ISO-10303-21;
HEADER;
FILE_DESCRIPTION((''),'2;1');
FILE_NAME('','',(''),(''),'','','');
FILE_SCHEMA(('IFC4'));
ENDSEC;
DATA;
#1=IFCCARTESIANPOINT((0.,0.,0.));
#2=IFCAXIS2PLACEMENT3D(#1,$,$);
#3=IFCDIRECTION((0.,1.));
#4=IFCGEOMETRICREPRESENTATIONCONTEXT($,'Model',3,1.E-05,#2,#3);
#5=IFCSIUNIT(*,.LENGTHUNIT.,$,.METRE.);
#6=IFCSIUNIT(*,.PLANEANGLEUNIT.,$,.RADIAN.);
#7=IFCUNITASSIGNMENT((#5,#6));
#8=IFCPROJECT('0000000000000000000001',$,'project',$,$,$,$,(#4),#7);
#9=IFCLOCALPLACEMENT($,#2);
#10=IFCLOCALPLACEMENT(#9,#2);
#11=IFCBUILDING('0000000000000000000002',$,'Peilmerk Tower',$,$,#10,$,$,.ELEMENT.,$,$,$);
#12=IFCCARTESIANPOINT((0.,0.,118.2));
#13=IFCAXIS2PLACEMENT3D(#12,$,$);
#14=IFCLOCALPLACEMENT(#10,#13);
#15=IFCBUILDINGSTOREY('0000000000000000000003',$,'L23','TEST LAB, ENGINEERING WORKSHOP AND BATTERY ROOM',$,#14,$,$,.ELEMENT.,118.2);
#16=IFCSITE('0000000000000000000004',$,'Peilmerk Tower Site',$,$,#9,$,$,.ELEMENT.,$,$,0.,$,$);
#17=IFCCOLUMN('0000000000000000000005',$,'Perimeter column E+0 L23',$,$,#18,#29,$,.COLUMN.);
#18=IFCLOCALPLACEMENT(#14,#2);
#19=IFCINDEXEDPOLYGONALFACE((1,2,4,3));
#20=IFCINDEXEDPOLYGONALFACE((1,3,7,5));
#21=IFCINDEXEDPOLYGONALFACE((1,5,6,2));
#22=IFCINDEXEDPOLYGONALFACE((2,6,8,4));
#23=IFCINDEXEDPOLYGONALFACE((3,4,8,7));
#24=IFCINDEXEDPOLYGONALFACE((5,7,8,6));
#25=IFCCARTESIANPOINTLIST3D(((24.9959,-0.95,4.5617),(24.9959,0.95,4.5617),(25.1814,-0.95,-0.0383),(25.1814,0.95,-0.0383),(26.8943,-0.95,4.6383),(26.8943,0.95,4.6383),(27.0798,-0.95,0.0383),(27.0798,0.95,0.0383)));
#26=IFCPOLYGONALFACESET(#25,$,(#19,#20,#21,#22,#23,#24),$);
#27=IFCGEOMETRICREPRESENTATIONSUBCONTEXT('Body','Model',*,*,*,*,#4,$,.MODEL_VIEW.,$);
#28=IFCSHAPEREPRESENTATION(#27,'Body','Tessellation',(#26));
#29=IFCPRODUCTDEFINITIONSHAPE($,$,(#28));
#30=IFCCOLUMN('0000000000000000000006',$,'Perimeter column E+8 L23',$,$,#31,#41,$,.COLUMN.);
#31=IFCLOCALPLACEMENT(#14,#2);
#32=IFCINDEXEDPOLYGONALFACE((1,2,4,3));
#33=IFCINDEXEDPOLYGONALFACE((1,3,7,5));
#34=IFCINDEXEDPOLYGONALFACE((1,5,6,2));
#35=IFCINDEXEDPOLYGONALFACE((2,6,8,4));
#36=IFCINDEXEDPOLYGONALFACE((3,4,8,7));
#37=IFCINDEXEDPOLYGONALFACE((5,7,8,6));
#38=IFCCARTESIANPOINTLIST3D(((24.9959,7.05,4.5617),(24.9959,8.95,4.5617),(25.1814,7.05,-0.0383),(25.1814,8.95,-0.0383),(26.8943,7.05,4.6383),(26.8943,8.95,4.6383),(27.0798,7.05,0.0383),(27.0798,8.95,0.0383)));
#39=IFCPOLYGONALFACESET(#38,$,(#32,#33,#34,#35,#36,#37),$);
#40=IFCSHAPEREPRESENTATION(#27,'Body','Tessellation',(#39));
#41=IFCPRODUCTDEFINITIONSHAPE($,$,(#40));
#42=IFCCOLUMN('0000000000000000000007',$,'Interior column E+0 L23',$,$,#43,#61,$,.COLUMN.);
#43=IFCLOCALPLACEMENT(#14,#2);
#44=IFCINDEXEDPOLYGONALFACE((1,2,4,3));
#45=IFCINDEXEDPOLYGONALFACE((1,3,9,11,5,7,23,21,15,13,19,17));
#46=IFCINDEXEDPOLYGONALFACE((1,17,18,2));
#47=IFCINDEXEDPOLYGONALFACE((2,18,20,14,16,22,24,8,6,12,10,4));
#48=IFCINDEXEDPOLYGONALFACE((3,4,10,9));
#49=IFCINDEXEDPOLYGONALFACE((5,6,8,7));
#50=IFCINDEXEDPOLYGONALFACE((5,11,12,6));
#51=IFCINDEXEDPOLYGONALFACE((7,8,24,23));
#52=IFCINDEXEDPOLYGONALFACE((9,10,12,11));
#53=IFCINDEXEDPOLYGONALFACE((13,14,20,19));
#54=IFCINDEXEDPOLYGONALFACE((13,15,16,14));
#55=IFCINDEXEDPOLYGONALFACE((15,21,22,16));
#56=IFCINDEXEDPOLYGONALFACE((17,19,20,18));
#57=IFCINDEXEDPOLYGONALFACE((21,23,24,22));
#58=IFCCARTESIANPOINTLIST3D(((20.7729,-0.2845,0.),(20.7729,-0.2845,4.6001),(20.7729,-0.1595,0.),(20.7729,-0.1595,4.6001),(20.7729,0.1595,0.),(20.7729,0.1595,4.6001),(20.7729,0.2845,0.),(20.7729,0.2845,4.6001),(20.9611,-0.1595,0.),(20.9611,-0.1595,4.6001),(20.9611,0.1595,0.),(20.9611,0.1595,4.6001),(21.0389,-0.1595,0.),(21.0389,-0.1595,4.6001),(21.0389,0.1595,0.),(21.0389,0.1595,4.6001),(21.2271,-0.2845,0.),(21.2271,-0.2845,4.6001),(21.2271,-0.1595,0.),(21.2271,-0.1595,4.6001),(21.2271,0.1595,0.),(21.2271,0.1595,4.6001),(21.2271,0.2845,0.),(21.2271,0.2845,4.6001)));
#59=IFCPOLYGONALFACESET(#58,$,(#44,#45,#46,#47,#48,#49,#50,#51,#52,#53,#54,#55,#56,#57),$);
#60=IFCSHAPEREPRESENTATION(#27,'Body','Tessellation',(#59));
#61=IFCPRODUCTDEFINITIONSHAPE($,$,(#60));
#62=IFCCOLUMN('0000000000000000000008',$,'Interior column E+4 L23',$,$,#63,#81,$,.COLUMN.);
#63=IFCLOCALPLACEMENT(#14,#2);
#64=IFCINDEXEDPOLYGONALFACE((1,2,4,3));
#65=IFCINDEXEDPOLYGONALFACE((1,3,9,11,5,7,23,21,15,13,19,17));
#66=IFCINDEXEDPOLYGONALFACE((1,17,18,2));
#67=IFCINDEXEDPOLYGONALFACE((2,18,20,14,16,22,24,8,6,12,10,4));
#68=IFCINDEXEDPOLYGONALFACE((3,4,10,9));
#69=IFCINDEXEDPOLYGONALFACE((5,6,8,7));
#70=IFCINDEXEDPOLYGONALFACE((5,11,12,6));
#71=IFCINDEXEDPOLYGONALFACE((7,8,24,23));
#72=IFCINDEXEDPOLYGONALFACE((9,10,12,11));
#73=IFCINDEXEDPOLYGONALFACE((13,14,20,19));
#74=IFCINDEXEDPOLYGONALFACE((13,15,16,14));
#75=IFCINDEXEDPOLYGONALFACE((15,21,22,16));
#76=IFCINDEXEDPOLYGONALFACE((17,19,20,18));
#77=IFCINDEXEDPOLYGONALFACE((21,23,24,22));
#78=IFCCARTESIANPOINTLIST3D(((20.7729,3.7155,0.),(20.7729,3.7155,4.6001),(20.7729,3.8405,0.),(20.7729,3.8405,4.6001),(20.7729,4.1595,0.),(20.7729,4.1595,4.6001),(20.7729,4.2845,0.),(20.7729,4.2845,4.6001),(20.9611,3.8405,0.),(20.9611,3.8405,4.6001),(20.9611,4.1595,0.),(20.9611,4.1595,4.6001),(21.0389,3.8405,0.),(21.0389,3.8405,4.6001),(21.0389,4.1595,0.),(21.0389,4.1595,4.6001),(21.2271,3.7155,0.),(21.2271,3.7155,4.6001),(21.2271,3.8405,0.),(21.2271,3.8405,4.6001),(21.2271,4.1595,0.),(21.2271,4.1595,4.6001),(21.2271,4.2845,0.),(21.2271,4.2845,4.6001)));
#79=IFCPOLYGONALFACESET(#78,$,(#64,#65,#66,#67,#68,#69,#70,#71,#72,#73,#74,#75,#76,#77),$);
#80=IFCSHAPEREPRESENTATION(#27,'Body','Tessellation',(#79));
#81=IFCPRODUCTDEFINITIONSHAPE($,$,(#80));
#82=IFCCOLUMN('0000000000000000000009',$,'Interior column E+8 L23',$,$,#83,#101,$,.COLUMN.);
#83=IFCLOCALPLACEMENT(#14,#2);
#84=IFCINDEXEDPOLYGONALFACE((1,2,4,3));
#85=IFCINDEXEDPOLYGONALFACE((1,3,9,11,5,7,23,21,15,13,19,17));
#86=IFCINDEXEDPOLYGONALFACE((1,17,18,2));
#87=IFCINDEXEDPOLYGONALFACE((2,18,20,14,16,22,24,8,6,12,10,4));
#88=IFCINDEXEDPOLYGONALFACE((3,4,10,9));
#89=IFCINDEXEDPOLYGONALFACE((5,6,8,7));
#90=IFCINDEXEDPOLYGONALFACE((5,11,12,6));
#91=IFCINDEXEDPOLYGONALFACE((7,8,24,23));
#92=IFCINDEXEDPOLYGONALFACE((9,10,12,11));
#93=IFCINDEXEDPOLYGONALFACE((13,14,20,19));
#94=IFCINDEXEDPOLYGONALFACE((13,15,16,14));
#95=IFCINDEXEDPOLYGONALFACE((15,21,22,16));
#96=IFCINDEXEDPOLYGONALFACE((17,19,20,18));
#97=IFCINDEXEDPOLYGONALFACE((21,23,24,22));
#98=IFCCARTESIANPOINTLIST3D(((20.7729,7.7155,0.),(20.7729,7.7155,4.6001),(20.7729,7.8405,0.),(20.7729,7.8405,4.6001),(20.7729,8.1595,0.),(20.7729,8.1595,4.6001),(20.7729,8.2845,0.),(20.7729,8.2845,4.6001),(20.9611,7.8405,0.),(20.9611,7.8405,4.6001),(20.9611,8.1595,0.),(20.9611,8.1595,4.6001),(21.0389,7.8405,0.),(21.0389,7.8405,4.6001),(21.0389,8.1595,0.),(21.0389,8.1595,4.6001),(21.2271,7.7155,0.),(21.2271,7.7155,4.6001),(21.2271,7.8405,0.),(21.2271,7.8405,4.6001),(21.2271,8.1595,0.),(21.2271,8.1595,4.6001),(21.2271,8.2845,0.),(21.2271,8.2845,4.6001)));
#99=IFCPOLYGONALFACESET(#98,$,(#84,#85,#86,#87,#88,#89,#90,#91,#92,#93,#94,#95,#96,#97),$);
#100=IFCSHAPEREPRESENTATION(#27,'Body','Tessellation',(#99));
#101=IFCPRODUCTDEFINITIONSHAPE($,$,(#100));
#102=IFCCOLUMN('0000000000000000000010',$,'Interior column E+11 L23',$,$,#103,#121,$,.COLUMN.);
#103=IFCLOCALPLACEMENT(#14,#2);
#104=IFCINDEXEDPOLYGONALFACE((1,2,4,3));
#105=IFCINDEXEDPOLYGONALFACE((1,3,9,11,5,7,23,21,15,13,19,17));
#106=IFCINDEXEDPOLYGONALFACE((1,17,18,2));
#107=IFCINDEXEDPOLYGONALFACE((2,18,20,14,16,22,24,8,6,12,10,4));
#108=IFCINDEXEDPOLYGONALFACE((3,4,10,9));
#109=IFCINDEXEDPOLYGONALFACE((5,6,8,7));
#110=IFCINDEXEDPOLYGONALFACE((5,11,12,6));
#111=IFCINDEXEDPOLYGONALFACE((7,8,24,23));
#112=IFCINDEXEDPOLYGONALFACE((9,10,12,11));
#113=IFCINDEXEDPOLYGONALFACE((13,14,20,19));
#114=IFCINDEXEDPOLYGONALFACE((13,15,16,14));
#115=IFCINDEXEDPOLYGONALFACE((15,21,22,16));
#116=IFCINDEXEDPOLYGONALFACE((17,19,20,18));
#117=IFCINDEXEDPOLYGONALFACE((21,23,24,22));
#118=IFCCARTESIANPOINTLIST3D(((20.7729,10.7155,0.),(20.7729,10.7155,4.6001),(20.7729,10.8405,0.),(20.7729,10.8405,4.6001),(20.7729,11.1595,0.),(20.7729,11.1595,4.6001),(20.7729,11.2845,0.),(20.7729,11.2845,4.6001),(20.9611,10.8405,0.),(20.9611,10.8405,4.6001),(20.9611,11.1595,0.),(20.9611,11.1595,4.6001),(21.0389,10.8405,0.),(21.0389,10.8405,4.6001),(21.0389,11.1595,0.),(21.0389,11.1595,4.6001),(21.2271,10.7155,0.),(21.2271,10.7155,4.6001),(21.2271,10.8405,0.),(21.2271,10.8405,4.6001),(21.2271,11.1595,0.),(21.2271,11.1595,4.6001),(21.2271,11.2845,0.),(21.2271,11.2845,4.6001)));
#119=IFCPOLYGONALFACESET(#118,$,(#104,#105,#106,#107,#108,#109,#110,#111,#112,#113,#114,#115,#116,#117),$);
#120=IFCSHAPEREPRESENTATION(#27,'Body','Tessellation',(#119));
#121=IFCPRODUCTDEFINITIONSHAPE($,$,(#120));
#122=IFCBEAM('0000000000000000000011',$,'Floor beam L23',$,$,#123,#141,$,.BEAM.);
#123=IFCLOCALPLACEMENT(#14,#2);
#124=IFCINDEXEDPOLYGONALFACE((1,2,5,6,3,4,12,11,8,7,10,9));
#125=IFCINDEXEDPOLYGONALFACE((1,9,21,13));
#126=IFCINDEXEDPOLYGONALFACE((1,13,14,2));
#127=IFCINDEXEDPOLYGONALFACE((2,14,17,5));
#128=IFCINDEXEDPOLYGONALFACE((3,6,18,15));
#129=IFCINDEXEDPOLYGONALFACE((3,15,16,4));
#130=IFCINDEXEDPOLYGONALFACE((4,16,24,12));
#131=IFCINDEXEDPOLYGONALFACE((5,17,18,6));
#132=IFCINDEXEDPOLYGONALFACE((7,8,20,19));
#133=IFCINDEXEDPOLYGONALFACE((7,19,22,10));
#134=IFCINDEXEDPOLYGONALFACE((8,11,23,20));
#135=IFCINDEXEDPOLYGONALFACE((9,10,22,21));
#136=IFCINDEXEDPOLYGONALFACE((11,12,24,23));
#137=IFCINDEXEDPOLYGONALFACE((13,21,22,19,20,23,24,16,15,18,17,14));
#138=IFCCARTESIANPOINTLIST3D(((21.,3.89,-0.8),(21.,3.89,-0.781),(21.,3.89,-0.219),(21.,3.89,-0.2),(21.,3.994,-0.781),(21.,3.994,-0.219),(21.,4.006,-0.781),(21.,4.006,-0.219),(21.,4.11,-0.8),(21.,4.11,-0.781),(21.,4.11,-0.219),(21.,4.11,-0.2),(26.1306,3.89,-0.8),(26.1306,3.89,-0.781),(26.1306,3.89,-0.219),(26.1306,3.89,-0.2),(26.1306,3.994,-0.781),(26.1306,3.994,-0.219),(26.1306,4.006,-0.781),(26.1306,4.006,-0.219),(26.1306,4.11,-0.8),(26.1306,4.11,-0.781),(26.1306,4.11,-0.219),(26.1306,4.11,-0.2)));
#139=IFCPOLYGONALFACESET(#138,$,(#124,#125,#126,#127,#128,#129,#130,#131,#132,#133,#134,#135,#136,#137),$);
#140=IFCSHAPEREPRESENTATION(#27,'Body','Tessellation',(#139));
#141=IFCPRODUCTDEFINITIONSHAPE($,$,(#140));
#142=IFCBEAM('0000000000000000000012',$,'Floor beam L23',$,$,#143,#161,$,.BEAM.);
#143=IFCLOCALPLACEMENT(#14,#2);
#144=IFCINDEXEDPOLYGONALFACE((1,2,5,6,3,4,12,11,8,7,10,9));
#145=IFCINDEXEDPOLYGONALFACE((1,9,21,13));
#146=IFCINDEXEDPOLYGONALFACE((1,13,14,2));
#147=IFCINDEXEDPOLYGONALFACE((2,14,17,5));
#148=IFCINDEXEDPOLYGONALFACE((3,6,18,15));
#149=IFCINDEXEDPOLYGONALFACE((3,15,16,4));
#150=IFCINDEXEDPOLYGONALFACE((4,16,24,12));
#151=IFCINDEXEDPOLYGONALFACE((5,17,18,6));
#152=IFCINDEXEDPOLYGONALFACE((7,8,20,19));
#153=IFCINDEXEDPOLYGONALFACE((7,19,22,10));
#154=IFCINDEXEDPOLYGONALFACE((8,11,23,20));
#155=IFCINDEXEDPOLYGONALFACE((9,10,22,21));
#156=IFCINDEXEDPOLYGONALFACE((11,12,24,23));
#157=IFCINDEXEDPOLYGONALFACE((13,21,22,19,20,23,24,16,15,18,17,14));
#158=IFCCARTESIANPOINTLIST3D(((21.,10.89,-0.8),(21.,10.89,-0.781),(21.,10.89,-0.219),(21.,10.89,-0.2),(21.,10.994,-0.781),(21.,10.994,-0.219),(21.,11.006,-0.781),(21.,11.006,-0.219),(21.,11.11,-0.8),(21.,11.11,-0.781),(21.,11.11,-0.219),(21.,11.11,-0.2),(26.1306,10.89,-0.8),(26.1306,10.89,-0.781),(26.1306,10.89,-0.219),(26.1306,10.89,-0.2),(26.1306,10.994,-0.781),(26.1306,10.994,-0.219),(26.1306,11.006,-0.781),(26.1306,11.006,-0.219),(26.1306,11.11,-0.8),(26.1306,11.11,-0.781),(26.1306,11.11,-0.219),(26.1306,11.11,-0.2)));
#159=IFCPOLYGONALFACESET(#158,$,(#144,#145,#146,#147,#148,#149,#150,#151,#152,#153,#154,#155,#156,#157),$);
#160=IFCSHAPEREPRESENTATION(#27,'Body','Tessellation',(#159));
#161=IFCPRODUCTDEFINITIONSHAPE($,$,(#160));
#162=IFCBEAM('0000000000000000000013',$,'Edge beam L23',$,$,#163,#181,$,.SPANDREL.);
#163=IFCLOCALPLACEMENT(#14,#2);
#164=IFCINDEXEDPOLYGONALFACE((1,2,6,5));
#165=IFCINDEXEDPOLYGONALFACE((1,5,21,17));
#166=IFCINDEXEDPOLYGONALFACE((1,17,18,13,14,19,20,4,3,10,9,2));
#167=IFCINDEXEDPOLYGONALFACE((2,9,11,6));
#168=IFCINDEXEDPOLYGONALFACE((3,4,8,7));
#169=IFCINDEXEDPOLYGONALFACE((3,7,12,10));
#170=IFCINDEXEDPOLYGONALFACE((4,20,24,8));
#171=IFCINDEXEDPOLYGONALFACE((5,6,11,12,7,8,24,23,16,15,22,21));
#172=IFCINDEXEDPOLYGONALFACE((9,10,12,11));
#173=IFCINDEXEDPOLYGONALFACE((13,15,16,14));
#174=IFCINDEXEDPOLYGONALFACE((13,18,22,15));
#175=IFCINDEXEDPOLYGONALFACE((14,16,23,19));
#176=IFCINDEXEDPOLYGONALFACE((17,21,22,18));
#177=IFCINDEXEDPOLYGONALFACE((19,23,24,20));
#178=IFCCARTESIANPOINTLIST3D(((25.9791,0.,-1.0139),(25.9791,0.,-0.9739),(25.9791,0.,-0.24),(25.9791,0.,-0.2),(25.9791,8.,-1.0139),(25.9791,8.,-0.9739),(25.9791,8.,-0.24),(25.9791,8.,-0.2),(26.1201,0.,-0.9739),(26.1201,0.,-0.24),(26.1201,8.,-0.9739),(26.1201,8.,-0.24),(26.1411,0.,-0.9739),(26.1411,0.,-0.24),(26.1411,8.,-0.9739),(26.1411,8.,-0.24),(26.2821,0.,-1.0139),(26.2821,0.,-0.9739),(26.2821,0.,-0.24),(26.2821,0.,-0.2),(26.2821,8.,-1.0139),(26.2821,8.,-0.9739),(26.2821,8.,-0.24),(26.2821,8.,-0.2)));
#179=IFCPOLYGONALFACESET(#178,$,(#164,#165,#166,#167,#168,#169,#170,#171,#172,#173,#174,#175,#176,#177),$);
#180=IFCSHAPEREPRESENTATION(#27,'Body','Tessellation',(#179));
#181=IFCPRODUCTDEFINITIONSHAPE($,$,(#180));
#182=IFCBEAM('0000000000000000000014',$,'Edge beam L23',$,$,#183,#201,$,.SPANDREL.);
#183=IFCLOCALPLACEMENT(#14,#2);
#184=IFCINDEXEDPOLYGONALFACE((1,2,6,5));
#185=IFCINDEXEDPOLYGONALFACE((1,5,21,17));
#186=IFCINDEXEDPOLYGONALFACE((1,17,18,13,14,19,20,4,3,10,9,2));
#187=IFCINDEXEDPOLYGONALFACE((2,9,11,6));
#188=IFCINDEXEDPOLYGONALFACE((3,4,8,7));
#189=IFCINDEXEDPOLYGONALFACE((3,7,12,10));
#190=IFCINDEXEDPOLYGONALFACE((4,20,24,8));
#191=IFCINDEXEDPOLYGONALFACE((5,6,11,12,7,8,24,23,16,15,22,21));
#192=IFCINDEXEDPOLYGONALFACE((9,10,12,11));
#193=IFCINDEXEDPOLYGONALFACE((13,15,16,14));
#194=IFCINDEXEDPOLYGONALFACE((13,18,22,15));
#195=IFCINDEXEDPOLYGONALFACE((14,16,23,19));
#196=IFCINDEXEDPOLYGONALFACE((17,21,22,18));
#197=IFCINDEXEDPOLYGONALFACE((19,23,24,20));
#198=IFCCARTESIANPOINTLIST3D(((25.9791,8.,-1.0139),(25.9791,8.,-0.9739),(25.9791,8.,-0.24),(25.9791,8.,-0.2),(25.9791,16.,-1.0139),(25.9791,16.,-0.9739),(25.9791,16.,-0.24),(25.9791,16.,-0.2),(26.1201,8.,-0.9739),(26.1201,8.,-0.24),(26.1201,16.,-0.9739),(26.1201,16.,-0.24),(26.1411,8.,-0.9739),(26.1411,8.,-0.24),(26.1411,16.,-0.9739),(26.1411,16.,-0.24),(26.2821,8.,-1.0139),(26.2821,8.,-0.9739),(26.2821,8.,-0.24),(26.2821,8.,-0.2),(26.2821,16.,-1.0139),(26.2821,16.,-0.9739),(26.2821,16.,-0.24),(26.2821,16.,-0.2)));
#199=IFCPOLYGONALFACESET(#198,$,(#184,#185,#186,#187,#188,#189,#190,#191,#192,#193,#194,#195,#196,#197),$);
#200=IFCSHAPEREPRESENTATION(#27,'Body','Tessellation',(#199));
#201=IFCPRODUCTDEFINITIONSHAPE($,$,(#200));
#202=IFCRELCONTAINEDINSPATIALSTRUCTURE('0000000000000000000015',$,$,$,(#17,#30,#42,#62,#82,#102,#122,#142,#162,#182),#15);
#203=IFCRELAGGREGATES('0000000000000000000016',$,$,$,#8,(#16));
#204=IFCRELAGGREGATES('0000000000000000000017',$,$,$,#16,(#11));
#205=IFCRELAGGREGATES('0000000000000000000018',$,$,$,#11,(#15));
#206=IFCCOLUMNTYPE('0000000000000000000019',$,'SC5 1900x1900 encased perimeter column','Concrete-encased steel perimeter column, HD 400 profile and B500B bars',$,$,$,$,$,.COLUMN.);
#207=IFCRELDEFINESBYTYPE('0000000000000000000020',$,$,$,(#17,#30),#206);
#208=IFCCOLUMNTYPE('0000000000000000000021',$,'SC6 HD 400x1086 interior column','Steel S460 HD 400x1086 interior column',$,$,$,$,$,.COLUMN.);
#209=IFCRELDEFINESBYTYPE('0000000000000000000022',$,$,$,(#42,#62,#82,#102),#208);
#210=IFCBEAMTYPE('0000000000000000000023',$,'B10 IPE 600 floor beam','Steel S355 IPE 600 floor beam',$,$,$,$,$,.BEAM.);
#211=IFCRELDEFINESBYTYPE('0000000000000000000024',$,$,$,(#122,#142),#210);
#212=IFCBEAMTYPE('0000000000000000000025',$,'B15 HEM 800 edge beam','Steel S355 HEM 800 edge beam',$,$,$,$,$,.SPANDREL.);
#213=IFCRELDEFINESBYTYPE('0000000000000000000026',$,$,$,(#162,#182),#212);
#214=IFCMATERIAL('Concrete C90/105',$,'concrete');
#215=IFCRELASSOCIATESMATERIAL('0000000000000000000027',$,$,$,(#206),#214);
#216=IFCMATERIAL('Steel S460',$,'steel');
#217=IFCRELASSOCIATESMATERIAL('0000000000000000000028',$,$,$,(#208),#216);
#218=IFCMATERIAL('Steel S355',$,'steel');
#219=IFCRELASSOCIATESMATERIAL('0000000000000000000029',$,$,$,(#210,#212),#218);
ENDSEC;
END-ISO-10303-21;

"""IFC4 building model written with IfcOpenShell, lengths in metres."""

from ifc_helpers import new_model, si_unit, direction, frame, origin, origin_2d, place, context, subcontext, project, spatial, rectangle, i_section, extrude, material, material_profile, profile_set, type_object, element, save


model = new_model("IFC4")

# Units and contexts
model_context = context("Model", 3, precision=1e-05, world=origin(), true_north=direction((0.0, 1.0)))
body_context = subcontext(model_context, "Body", "Model", "MODEL_VIEW")
ifc_project = project(units=[si_unit("LENGTHUNIT", "METRE"), si_unit("PLANEANGLEUNIT", "RADIAN")], contexts=[model_context])

# Site, building, storey
site_placement = place(None, origin())
site = spatial("IfcSite", under=ifc_project, at=site_placement, Name="Peilmerk Tower Site", CompositionType="ELEMENT", RefElevation=0.0)
building_placement = place(site_placement, origin())
building = spatial("IfcBuilding", under=site, at=building_placement, Name="Peilmerk Tower", CompositionType="ELEMENT")
storey_placement = place(building_placement, frame((0.0, 0.0, 118.2)))
storey = spatial("IfcBuildingStorey", under=building, at=storey_placement, Name="L23", Description="TEST LAB, ENGINEERING WORKSHOP AND BATTERY ROOM", CompositionType="ELEMENT", Elevation=118.2)

# Columns
ifc_material_1 = material(Name="Concrete C90/105", Category="concrete")
ifc_material_profile_1 = material_profile(ifc_material_1, rectangle(XDim=1.8999, YDim=1.8999, at=origin_2d()), Name="RC 1900x1900")
ifc_profile_set_1 = profile_set([ifc_material_profile_1], Name="Concrete C90/105")
column_type_1 = type_object("IfcColumnType", Name="SC5 1900x1900 encased perimeter column", Description="Concrete-encased steel perimeter column, HD 400 profile and B500B bars", PredefinedType="COLUMN", material=ifc_profile_set_1)
for number, where, z_axis, x_axis, name in (
    (1, (26.1306, 0.0, 0.0), (-0.040303, 0.0, 0.999188), (0.0, -1.0, 0.0), "Perimeter column E+0 L23"),
    (2, (26.1306, 8.0, 0.0), (-0.040303, 0.0, 0.999188), (0.0, -1.0, 0.0), "Perimeter column E+8 L23"),
):
    element("IfcColumn", number, at=place(storey_placement, frame(where, z_axis=z_axis, x_axis=x_axis)), inside=storey, type_object=column_type_1, Name=name, PredefinedType="COLUMN", context=body_context, shape_type="SweptSolid", body=[
        extrude(rectangle(XDim=1.8999, YDim=1.8999, at=origin_2d()), origin(), (0.0, 0.0, 1.0), 4.6038),
    ])
ifc_material_2 = material(Name="Steel S460", Category="steel")
ifc_material_profile_2 = material_profile(ifc_material_2, i_section(OverallWidth=0.4541, OverallDepth=0.5691, WebThickness=0.0779, FlangeThickness=0.125, at=origin_2d()), Name="HD 400x1086")
ifc_profile_set_2 = profile_set([ifc_material_profile_2], Name="Steel S460")
column_type_2 = type_object("IfcColumnType", Name="SC6 HD 400x1086 interior column", Description="Steel S460 HD 400x1086 interior column", PredefinedType="COLUMN", material=ifc_profile_set_2)
for number, where, z_axis, x_axis, name in (
    (3, (21.0, 0.0, 0.0), (0.0, 0.0, 1.0), (1.0, 0.0, 0.0), "Interior column E+0 L23"),
    (4, (21.0, 4.0, 0.0), (0.0, 0.0, 1.0), (1.0, 0.0, 0.0), "Interior column E+4 L23"),
    (5, (21.0, 8.0, 0.0), (0.0, 0.0, 1.0), (1.0, 0.0, 0.0), "Interior column E+8 L23"),
    (6, (21.0, 11.0, 0.0), (0.0, 0.0, 1.0), (1.0, 0.0, 0.0), "Interior column E+11 L23"),
):
    element("IfcColumn", number, at=place(storey_placement, frame(where, z_axis=z_axis, x_axis=x_axis)), inside=storey, type_object=column_type_2, Name=name, PredefinedType="COLUMN", context=body_context, shape_type="SweptSolid", body=[
        extrude(i_section(OverallWidth=0.4541, OverallDepth=0.5691, WebThickness=0.0779, FlangeThickness=0.125, at=origin_2d()), origin(), (0.0, 0.0, 1.0), 4.6001),
    ])

# Beams
ifc_material_3 = material(Name="Steel S355", Category="steel")
ifc_material_profile_3 = material_profile(ifc_material_3, i_section(OverallWidth=0.22, OverallDepth=0.6001, WebThickness=0.012, FlangeThickness=0.019, at=origin_2d()), Name="IPE 600")
ifc_profile_set_3 = profile_set([ifc_material_profile_3], Name="Steel S355")
beam_type_1 = type_object("IfcBeamType", Name="B10 IPE 600 floor beam", Description="Steel S355 IPE 600 floor beam", PredefinedType="BEAM", material=ifc_profile_set_3)
for number, where, z_axis, x_axis, name in (
    (7, (21.0, 4.0, -0.5), (1.0, 0.0, 0.0), (0.0, 1.0, 0.0), "Floor beam L23"),
    (8, (21.0, 11.0, -0.5), (1.0, 0.0, 0.0), (0.0, 1.0, 0.0), "Floor beam L23"),
):
    element("IfcBeam", number, at=place(storey_placement, frame(where, z_axis=z_axis, x_axis=x_axis)), inside=storey, type_object=beam_type_1, Name=name, PredefinedType="BEAM", context=body_context, shape_type="SweptSolid", body=[
        extrude(i_section(OverallWidth=0.22, OverallDepth=0.6001, WebThickness=0.012, FlangeThickness=0.019, at=origin_2d()), origin(), (0.0, 0.0, 1.0), 5.1306),
    ])
ifc_material_profile_4 = material_profile(ifc_material_3, i_section(OverallWidth=0.303, OverallDepth=0.814, WebThickness=0.021, FlangeThickness=0.04, at=origin_2d()), Name="HEM 800")
ifc_profile_set_4 = profile_set([ifc_material_profile_4], Name="Steel S355")
beam_type_2 = type_object("IfcBeamType", Name="B15 HEM 800 edge beam", Description="Steel S355 HEM 800 edge beam", PredefinedType="SPANDREL", material=ifc_profile_set_4)
for number, where, z_axis, x_axis, name in (
    (9, (26.1306, 0.0, -0.6069), (0.0, 1.0, 0.0), (-1.0, 0.0, 0.0), "Edge beam L23"),
    (10, (26.1306, 8.0, -0.6069), (0.0, 1.0, 0.0), (-1.0, 0.0, 0.0), "Edge beam L23"),
):
    element("IfcBeam", number, at=place(storey_placement, frame(where, z_axis=z_axis, x_axis=x_axis)), inside=storey, type_object=beam_type_2, Name=name, PredefinedType="SPANDREL", context=body_context, shape_type="SweptSolid", body=[
        extrude(i_section(OverallWidth=0.303, OverallDepth=0.814, WebThickness=0.021, FlangeThickness=0.04, at=origin_2d()), origin(), (0.0, 0.0, 1.0), 8.0),
    ])

save(model, "model.ifc")
